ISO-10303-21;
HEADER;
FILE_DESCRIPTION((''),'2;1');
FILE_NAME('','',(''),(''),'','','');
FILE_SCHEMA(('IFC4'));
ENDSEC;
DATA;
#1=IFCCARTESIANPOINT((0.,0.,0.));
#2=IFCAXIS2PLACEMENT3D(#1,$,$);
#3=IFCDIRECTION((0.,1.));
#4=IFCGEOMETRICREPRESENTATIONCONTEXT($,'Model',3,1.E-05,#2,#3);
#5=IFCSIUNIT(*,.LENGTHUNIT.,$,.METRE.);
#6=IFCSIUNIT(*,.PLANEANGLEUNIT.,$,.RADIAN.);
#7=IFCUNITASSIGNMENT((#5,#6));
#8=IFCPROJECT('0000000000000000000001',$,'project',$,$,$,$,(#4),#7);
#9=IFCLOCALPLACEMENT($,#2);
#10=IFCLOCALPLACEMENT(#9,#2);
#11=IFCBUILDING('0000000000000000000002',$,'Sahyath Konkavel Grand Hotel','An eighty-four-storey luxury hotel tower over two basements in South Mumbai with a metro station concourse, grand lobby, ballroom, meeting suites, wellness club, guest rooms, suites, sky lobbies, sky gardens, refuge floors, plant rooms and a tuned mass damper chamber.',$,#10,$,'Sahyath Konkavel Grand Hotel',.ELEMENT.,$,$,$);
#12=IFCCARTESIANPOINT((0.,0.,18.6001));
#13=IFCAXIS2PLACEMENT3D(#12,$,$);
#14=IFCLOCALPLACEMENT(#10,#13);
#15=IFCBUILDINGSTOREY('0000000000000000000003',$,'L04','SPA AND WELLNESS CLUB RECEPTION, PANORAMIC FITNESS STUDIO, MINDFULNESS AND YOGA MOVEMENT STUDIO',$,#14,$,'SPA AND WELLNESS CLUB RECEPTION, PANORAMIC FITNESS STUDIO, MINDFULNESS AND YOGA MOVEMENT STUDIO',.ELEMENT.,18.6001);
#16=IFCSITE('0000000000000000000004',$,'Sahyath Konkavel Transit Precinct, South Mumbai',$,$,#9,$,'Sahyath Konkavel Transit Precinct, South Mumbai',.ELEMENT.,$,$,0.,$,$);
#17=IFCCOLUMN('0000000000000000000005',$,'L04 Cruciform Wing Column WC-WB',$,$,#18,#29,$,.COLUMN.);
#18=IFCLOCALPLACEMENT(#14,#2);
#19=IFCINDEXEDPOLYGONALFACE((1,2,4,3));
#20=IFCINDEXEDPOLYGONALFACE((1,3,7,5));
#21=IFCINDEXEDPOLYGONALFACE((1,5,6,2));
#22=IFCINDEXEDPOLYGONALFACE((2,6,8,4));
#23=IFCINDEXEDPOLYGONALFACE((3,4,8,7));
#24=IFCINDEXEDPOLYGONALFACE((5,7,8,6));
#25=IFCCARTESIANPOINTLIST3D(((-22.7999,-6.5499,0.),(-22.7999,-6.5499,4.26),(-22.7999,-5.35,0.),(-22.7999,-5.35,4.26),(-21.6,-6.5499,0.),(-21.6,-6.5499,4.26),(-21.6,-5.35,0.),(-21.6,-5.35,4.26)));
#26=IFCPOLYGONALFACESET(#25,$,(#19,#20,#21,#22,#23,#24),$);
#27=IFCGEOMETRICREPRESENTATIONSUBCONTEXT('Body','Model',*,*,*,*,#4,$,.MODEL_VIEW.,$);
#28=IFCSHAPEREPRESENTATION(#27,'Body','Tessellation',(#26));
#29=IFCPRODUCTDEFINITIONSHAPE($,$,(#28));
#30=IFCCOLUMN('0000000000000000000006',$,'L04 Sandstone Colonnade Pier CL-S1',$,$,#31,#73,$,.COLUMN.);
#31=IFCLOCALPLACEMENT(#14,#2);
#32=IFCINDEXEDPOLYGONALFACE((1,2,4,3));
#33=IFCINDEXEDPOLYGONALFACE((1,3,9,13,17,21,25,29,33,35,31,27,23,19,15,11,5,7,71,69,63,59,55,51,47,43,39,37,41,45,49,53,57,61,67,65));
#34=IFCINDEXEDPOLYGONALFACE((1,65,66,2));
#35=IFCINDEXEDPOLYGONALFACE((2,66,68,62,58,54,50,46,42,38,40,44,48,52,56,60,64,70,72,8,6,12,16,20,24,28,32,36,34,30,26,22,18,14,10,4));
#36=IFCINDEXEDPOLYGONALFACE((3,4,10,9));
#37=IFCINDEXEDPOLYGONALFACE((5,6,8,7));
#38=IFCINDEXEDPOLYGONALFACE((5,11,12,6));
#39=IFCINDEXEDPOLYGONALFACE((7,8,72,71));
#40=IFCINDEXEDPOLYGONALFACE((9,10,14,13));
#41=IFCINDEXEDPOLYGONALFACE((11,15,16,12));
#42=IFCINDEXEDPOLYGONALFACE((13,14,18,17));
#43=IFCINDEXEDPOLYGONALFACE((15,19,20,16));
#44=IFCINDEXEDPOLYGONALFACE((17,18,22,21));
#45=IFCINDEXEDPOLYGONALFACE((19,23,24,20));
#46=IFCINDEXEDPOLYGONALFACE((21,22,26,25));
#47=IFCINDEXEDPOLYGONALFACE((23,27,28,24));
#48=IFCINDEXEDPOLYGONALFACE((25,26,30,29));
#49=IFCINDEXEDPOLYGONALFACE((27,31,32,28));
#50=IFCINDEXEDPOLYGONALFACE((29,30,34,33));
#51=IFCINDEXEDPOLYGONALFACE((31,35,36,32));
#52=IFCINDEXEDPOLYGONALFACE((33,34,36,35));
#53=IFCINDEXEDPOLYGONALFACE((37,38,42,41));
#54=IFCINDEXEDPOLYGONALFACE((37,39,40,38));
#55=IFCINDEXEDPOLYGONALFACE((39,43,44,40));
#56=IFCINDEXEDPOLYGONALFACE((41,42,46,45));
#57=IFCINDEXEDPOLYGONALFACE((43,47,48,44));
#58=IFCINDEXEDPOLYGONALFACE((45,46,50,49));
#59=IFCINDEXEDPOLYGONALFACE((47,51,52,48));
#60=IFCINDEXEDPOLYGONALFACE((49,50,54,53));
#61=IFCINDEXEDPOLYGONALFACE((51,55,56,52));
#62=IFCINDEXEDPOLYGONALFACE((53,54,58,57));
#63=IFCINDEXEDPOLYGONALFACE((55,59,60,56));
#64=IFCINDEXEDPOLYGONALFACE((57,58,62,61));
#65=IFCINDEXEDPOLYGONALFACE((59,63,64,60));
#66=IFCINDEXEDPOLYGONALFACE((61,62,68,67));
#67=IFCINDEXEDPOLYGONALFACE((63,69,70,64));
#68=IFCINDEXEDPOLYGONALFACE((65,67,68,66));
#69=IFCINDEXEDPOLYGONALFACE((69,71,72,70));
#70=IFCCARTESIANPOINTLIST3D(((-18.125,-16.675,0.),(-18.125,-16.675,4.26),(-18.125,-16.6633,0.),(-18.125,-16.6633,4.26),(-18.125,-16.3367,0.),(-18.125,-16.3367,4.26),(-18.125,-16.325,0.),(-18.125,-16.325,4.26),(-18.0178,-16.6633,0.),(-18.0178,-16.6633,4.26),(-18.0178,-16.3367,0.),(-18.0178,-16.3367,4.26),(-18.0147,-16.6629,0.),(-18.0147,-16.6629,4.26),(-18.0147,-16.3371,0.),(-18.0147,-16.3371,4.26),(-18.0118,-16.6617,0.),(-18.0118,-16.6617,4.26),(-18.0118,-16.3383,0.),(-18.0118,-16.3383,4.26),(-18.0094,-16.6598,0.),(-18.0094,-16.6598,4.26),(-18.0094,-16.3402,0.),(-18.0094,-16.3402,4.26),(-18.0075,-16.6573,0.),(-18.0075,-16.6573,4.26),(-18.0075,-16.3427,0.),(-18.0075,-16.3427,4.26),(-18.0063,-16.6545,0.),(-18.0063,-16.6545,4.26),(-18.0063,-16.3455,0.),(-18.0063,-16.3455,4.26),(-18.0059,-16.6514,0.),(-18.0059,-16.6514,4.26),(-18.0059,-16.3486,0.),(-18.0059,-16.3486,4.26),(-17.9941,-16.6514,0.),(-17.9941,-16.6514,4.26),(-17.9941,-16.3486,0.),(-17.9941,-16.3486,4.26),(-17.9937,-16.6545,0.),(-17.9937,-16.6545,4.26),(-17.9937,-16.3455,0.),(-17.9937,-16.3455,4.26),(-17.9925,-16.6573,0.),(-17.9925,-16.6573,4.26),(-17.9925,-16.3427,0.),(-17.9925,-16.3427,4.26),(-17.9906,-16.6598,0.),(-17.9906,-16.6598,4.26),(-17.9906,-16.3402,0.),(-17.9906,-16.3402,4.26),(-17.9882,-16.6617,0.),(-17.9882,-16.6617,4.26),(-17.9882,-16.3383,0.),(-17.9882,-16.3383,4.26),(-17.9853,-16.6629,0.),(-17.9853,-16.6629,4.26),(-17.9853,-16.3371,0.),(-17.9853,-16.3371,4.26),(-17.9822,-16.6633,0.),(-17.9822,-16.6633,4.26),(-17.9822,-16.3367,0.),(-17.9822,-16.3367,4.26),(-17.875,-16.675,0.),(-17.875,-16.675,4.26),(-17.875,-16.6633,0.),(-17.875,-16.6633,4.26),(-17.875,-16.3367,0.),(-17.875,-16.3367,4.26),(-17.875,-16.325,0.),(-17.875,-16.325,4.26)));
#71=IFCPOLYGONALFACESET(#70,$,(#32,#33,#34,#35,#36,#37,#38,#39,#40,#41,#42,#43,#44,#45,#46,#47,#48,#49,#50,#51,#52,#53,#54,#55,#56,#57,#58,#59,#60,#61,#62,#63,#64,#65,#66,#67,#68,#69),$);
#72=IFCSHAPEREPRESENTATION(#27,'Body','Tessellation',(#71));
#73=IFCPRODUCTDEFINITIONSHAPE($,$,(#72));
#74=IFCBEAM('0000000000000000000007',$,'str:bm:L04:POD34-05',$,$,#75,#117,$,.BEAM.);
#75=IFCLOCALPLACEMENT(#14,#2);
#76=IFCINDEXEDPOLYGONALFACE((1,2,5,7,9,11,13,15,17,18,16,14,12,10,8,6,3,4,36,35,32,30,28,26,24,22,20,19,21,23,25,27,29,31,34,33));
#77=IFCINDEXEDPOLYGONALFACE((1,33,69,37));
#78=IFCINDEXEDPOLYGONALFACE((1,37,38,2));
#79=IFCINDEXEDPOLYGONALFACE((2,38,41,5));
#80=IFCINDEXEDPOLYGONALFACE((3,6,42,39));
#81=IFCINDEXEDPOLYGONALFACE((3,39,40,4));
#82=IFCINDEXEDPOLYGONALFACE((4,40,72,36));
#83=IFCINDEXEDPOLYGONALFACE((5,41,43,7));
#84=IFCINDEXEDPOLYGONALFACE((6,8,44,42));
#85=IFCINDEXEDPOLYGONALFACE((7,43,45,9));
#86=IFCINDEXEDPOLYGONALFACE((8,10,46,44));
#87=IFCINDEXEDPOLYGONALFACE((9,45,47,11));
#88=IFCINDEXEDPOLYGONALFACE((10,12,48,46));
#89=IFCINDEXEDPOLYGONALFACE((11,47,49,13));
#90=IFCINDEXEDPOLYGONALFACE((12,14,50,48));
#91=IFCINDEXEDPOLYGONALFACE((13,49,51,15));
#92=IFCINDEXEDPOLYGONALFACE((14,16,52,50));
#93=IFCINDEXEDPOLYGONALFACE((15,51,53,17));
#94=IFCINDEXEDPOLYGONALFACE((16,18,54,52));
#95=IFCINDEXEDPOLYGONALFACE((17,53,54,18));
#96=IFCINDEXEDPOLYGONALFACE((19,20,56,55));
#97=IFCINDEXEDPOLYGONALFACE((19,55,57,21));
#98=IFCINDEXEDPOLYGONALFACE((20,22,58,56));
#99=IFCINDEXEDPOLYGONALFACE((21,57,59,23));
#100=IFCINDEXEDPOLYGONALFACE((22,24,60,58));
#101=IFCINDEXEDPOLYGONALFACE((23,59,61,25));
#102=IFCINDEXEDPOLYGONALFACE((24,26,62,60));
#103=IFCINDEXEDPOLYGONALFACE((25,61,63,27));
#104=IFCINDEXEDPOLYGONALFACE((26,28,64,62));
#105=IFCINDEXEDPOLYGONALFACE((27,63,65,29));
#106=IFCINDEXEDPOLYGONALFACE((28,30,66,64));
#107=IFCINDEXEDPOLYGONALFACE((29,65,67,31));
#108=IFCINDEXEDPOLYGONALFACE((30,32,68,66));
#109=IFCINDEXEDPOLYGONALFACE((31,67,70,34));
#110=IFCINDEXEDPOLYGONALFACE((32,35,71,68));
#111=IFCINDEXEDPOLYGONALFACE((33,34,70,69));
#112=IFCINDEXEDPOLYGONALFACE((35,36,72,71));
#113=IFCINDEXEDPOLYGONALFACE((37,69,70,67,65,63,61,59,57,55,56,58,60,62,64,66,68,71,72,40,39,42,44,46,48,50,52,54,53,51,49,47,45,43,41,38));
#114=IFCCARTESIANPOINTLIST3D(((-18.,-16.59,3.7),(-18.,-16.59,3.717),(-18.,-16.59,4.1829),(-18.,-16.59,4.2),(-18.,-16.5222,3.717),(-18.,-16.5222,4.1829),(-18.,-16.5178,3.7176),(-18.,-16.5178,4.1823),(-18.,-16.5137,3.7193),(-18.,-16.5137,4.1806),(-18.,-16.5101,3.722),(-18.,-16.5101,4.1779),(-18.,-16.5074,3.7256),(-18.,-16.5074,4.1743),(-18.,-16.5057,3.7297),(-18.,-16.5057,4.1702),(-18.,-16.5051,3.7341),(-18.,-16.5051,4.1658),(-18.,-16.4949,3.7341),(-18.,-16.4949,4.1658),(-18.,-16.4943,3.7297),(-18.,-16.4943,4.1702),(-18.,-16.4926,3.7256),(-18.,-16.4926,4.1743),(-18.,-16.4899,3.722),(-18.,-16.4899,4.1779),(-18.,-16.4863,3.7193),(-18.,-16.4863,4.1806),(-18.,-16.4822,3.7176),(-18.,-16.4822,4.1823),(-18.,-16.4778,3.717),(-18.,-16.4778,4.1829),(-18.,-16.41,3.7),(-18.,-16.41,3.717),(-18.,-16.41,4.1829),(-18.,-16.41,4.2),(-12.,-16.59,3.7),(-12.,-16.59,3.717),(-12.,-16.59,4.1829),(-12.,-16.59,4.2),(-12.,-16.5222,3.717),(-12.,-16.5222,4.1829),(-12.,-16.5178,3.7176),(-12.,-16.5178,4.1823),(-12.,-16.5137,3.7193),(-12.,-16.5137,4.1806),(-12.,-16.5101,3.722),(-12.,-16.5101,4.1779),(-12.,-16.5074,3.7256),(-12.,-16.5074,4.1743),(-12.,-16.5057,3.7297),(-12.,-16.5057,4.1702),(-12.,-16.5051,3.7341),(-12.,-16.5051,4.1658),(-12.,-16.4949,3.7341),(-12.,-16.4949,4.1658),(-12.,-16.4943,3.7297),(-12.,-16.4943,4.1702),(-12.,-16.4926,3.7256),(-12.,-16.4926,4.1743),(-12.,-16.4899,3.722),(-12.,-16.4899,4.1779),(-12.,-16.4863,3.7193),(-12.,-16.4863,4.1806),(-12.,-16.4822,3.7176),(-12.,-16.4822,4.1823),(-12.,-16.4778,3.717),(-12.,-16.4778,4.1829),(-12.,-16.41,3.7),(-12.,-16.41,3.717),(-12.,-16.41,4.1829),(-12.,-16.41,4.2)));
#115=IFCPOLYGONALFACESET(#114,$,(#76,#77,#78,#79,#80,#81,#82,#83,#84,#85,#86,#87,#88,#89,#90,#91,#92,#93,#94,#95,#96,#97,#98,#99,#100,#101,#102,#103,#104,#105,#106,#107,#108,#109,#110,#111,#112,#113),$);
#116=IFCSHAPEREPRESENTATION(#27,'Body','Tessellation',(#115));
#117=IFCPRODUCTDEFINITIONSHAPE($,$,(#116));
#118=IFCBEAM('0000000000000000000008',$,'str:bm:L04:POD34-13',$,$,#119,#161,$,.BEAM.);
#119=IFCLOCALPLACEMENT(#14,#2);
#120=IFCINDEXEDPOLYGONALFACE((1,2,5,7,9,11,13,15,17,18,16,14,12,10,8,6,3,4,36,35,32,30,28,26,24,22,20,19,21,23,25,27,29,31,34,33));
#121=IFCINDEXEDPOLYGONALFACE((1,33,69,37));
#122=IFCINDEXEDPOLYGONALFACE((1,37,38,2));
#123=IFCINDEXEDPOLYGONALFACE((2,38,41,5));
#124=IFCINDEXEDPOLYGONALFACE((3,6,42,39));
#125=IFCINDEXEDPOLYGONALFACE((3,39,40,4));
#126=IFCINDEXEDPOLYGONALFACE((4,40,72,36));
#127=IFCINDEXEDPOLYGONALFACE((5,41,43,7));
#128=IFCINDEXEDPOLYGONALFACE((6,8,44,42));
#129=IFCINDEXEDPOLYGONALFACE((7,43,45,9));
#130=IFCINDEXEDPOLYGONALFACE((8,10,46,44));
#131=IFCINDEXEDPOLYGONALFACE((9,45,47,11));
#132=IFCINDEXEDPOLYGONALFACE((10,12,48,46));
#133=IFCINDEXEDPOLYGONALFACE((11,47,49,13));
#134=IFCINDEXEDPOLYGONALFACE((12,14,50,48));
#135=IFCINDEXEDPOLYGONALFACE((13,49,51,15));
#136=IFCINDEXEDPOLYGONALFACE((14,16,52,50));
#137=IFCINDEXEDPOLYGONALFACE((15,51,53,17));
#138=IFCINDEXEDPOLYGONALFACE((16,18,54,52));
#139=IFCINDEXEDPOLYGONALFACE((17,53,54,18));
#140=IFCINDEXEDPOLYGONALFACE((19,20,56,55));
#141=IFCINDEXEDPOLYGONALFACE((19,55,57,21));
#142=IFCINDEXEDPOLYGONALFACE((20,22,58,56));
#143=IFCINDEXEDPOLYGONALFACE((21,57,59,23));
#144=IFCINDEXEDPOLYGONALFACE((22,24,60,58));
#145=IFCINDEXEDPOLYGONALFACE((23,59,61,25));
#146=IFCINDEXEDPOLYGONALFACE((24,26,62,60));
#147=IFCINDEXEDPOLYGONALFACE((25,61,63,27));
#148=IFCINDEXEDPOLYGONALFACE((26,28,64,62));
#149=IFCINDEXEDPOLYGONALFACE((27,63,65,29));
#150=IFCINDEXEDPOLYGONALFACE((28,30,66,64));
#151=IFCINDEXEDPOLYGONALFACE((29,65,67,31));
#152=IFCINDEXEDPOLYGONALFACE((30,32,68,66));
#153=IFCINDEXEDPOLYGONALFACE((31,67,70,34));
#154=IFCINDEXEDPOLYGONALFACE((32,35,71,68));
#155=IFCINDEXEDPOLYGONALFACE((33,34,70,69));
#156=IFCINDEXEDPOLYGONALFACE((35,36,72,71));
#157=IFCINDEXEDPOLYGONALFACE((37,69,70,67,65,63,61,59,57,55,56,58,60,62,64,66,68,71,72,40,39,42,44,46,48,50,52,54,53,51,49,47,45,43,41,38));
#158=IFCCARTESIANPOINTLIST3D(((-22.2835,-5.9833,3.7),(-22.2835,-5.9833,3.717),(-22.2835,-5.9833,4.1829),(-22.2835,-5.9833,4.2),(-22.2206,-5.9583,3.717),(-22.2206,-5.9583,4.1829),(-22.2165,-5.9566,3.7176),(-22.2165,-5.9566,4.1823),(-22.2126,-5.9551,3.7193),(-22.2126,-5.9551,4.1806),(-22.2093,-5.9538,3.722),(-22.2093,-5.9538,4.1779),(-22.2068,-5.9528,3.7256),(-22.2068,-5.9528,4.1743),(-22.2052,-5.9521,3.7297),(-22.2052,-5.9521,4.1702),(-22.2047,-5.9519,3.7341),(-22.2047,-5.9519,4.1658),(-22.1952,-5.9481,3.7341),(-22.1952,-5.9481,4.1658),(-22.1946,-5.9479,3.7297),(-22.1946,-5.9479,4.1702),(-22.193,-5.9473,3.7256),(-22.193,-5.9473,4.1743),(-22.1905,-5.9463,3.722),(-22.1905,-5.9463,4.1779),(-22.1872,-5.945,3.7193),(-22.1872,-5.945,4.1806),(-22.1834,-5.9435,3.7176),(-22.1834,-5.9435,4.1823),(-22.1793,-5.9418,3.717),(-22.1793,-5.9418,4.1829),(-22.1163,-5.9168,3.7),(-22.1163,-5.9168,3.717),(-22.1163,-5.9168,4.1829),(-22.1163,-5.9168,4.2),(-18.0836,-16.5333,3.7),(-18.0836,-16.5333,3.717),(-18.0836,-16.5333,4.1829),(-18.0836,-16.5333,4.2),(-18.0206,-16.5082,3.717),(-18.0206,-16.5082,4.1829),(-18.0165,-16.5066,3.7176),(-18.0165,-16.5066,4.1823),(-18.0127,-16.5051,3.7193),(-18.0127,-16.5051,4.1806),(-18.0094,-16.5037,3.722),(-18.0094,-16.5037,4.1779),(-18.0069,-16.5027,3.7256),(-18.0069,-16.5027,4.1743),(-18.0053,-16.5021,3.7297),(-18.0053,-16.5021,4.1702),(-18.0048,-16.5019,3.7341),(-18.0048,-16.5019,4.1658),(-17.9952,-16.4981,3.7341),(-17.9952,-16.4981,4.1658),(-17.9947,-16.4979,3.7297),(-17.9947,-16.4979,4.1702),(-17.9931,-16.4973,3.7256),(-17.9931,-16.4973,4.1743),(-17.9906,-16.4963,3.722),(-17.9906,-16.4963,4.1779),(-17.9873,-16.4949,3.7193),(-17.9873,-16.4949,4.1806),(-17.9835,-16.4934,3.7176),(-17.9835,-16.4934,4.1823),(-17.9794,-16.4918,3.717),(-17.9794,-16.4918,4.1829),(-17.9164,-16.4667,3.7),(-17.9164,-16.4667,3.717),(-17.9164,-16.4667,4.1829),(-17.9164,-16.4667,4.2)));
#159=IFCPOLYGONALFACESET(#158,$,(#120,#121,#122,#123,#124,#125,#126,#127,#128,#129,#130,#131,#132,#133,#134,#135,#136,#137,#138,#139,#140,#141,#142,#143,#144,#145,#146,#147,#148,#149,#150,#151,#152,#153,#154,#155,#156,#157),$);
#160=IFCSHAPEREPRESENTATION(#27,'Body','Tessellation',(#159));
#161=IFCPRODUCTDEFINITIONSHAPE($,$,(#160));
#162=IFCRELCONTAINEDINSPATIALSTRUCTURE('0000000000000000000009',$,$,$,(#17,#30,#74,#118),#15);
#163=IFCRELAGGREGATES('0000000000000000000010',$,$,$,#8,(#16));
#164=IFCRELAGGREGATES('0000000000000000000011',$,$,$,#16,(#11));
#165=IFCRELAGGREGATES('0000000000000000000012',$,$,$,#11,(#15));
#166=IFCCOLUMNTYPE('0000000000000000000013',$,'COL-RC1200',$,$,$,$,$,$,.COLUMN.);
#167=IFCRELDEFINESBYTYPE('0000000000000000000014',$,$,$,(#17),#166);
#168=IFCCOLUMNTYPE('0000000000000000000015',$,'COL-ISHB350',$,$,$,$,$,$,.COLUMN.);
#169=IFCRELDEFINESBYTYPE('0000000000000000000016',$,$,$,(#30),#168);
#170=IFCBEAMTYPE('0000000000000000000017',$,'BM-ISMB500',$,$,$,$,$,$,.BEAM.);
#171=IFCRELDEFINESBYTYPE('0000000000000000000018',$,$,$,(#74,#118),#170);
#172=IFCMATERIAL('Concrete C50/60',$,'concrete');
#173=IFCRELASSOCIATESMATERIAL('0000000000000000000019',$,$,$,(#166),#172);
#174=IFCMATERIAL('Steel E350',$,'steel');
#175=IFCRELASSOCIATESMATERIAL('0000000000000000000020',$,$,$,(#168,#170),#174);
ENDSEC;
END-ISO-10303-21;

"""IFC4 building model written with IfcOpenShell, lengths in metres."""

from ifc_helpers import new_model, si_unit, direction, frame, origin, origin_2d, place, context, subcontext, project, spatial, rectangle, i_section, extrude, source, transform, mapped, material, material_profile, profile_set, type_object, element, save


model = new_model("IFC4")

# Units and contexts
model_context = context("Model", 3, precision=1e-05, world=origin(), true_north=direction((0.0, 1.0)))
body_context = subcontext(model_context, "Body", "Model", "MODEL_VIEW")
ifc_project = project(units=[si_unit("LENGTHUNIT", "METRE"), si_unit("PLANEANGLEUNIT", "RADIAN")], contexts=[model_context])

# Site, building, storey
site_placement = place(None, origin())
site = spatial("IfcSite", under=ifc_project, at=site_placement, Name="Sahyath Konkavel Transit Precinct, South Mumbai", LongName="Sahyath Konkavel Transit Precinct, South Mumbai", CompositionType="ELEMENT", RefElevation=0.0)
building_placement = place(site_placement, origin())
building = spatial("IfcBuilding", under=site, at=building_placement, Name="Sahyath Konkavel Grand Hotel", Description="An eighty-four-storey luxury hotel tower over two basements in South Mumbai with a metro station concourse, grand lobby, ballroom, meeting suites, wellness club, guest rooms, suites, sky lobbies, sky gardens, refuge floors, plant rooms and a tuned mass damper chamber.", LongName="Sahyath Konkavel Grand Hotel", CompositionType="ELEMENT")
storey_placement = place(building_placement, frame((0.0, 0.0, 18.6001)))
storey = spatial("IfcBuildingStorey", under=building, at=storey_placement, Name="L04", Description="SPA AND WELLNESS CLUB RECEPTION, PANORAMIC FITNESS STUDIO, MINDFULNESS AND YOGA MOVEMENT STUDIO", LongName="SPA AND WELLNESS CLUB RECEPTION, PANORAMIC FITNESS STUDIO, MINDFULNESS AND YOGA MOVEMENT STUDIO", CompositionType="ELEMENT", Elevation=18.6001)

# Columns
ifc_material_1 = material(Name="Concrete C50/60", Category="concrete")
ifc_material_profile_1 = material_profile(ifc_material_1, rectangle(XDim=1.2, YDim=1.2, at=origin_2d()), Name="RC 1200x1200")
ifc_profile_set_1 = profile_set([ifc_material_profile_1], Name="Concrete C50/60")
column_type_1 = type_object("IfcColumnType", Name="COL-RC1200", PredefinedType="COLUMN", material=ifc_profile_set_1)
shared_shape_1 = source(origin(), body_context, "Body", "SweptSolid", [
    extrude(rectangle(XDim=1.2, YDim=1.2, at=origin_2d()), origin(), (0.0, 0.0, 1.0), 4.26),
])
column_1_placement = place(storey_placement, frame((-22.2, -5.95, 0.0), z_axis=(0.0, 0.0, 1.0), x_axis=(1.0, 0.0, 0.0)))
element("IfcColumn", 1, at=column_1_placement, inside=storey, type_object=column_type_1, Name="L04 Cruciform Wing Column WC-WB", PredefinedType="COLUMN", context=body_context, shape_type="MappedRepresentation", body=[
    mapped(shared_shape_1, transform((0.0, 0.0, 0.0), scale=1.0)),
])
ifc_material_2 = material(Name="Steel E350", Category="steel")
ifc_material_profile_2 = material_profile(ifc_material_2, i_section(OverallWidth=0.25, OverallDepth=0.3501, WebThickness=0.0117, FlangeThickness=0.0117, FilletRadius=0.012, at=origin_2d()), Name="ISHB 350")
ifc_profile_set_2 = profile_set([ifc_material_profile_2], Name="Steel E350")
column_type_2 = type_object("IfcColumnType", Name="COL-ISHB350", PredefinedType="COLUMN", material=ifc_profile_set_2)
shared_shape_2 = source(origin(), body_context, "Body", "SweptSolid", [
    extrude(i_section(OverallWidth=0.25, OverallDepth=0.3501, WebThickness=0.0117, FlangeThickness=0.0117, FilletRadius=0.012, at=origin_2d()), origin(), (0.0, 0.0, 1.0), 4.26),
])
column_2_placement = place(storey_placement, frame((-18.0, -16.5, 0.0), z_axis=(0.0, 0.0, 1.0), x_axis=(1.0, 0.0, 0.0)))
element("IfcColumn", 2, at=column_2_placement, inside=storey, type_object=column_type_2, Name="L04 Sandstone Colonnade Pier CL-S1", PredefinedType="COLUMN", context=body_context, shape_type="MappedRepresentation", body=[
    mapped(shared_shape_2, transform((0.0, 0.0, 0.0), scale=1.0)),
])

# Beams
ifc_material_profile_3 = material_profile(ifc_material_2, i_section(OverallWidth=0.1799, OverallDepth=0.5, WebThickness=0.0103, FlangeThickness=0.0171, FilletRadius=0.0171, at=origin_2d()), Name="ISMB 500")
ifc_profile_set_3 = profile_set([ifc_material_profile_3], Name="Steel E350")
beam_type_1 = type_object("IfcBeamType", Name="BM-ISMB500", PredefinedType="BEAM", material=ifc_profile_set_3)
shared_shape_3 = source(origin(), body_context, "Body", "SweptSolid", [
    extrude(i_section(OverallWidth=0.1799, OverallDepth=0.5, WebThickness=0.0103, FlangeThickness=0.0171, FilletRadius=0.0171, at=origin_2d()), origin(), (0.0, 0.0, 1.0), 6.0),
])
beam_1_placement = place(storey_placement, frame((-18.0, -16.5, 3.95), z_axis=(1.0, 0.0, 0.0), x_axis=(0.0, 1.0, 0.0)))
element("IfcBeam", 3, at=beam_1_placement, inside=storey, type_object=beam_type_1, Name="str:bm:L04:POD34-05", PredefinedType="BEAM", context=body_context, shape_type="MappedRepresentation", body=[
    mapped(shared_shape_3, transform((0.0, 0.0, 0.0), scale=1.0)),
])
shared_shape_4 = source(origin(), body_context, "Body", "SweptSolid", [
    extrude(i_section(OverallWidth=0.1799, OverallDepth=0.5, WebThickness=0.0103, FlangeThickness=0.0171, FilletRadius=0.0171, at=origin_2d()), origin(), (0.0, 0.0, 1.0), 11.3552),
])
beam_2_placement = place(storey_placement, frame((-18.0, -16.5, 3.95), z_axis=(-0.369867, 0.929085, 0.0), x_axis=(-0.929085, -0.369867, 0.0)))
element("IfcBeam", 4, at=beam_2_placement, inside=storey, type_object=beam_type_1, Name="str:bm:L04:POD34-13", PredefinedType="BEAM", context=body_context, shape_type="MappedRepresentation", body=[
    mapped(shared_shape_4, transform((0.0, 0.0, 0.0), scale=1.0)),
])

save(model, "model.ifc")
